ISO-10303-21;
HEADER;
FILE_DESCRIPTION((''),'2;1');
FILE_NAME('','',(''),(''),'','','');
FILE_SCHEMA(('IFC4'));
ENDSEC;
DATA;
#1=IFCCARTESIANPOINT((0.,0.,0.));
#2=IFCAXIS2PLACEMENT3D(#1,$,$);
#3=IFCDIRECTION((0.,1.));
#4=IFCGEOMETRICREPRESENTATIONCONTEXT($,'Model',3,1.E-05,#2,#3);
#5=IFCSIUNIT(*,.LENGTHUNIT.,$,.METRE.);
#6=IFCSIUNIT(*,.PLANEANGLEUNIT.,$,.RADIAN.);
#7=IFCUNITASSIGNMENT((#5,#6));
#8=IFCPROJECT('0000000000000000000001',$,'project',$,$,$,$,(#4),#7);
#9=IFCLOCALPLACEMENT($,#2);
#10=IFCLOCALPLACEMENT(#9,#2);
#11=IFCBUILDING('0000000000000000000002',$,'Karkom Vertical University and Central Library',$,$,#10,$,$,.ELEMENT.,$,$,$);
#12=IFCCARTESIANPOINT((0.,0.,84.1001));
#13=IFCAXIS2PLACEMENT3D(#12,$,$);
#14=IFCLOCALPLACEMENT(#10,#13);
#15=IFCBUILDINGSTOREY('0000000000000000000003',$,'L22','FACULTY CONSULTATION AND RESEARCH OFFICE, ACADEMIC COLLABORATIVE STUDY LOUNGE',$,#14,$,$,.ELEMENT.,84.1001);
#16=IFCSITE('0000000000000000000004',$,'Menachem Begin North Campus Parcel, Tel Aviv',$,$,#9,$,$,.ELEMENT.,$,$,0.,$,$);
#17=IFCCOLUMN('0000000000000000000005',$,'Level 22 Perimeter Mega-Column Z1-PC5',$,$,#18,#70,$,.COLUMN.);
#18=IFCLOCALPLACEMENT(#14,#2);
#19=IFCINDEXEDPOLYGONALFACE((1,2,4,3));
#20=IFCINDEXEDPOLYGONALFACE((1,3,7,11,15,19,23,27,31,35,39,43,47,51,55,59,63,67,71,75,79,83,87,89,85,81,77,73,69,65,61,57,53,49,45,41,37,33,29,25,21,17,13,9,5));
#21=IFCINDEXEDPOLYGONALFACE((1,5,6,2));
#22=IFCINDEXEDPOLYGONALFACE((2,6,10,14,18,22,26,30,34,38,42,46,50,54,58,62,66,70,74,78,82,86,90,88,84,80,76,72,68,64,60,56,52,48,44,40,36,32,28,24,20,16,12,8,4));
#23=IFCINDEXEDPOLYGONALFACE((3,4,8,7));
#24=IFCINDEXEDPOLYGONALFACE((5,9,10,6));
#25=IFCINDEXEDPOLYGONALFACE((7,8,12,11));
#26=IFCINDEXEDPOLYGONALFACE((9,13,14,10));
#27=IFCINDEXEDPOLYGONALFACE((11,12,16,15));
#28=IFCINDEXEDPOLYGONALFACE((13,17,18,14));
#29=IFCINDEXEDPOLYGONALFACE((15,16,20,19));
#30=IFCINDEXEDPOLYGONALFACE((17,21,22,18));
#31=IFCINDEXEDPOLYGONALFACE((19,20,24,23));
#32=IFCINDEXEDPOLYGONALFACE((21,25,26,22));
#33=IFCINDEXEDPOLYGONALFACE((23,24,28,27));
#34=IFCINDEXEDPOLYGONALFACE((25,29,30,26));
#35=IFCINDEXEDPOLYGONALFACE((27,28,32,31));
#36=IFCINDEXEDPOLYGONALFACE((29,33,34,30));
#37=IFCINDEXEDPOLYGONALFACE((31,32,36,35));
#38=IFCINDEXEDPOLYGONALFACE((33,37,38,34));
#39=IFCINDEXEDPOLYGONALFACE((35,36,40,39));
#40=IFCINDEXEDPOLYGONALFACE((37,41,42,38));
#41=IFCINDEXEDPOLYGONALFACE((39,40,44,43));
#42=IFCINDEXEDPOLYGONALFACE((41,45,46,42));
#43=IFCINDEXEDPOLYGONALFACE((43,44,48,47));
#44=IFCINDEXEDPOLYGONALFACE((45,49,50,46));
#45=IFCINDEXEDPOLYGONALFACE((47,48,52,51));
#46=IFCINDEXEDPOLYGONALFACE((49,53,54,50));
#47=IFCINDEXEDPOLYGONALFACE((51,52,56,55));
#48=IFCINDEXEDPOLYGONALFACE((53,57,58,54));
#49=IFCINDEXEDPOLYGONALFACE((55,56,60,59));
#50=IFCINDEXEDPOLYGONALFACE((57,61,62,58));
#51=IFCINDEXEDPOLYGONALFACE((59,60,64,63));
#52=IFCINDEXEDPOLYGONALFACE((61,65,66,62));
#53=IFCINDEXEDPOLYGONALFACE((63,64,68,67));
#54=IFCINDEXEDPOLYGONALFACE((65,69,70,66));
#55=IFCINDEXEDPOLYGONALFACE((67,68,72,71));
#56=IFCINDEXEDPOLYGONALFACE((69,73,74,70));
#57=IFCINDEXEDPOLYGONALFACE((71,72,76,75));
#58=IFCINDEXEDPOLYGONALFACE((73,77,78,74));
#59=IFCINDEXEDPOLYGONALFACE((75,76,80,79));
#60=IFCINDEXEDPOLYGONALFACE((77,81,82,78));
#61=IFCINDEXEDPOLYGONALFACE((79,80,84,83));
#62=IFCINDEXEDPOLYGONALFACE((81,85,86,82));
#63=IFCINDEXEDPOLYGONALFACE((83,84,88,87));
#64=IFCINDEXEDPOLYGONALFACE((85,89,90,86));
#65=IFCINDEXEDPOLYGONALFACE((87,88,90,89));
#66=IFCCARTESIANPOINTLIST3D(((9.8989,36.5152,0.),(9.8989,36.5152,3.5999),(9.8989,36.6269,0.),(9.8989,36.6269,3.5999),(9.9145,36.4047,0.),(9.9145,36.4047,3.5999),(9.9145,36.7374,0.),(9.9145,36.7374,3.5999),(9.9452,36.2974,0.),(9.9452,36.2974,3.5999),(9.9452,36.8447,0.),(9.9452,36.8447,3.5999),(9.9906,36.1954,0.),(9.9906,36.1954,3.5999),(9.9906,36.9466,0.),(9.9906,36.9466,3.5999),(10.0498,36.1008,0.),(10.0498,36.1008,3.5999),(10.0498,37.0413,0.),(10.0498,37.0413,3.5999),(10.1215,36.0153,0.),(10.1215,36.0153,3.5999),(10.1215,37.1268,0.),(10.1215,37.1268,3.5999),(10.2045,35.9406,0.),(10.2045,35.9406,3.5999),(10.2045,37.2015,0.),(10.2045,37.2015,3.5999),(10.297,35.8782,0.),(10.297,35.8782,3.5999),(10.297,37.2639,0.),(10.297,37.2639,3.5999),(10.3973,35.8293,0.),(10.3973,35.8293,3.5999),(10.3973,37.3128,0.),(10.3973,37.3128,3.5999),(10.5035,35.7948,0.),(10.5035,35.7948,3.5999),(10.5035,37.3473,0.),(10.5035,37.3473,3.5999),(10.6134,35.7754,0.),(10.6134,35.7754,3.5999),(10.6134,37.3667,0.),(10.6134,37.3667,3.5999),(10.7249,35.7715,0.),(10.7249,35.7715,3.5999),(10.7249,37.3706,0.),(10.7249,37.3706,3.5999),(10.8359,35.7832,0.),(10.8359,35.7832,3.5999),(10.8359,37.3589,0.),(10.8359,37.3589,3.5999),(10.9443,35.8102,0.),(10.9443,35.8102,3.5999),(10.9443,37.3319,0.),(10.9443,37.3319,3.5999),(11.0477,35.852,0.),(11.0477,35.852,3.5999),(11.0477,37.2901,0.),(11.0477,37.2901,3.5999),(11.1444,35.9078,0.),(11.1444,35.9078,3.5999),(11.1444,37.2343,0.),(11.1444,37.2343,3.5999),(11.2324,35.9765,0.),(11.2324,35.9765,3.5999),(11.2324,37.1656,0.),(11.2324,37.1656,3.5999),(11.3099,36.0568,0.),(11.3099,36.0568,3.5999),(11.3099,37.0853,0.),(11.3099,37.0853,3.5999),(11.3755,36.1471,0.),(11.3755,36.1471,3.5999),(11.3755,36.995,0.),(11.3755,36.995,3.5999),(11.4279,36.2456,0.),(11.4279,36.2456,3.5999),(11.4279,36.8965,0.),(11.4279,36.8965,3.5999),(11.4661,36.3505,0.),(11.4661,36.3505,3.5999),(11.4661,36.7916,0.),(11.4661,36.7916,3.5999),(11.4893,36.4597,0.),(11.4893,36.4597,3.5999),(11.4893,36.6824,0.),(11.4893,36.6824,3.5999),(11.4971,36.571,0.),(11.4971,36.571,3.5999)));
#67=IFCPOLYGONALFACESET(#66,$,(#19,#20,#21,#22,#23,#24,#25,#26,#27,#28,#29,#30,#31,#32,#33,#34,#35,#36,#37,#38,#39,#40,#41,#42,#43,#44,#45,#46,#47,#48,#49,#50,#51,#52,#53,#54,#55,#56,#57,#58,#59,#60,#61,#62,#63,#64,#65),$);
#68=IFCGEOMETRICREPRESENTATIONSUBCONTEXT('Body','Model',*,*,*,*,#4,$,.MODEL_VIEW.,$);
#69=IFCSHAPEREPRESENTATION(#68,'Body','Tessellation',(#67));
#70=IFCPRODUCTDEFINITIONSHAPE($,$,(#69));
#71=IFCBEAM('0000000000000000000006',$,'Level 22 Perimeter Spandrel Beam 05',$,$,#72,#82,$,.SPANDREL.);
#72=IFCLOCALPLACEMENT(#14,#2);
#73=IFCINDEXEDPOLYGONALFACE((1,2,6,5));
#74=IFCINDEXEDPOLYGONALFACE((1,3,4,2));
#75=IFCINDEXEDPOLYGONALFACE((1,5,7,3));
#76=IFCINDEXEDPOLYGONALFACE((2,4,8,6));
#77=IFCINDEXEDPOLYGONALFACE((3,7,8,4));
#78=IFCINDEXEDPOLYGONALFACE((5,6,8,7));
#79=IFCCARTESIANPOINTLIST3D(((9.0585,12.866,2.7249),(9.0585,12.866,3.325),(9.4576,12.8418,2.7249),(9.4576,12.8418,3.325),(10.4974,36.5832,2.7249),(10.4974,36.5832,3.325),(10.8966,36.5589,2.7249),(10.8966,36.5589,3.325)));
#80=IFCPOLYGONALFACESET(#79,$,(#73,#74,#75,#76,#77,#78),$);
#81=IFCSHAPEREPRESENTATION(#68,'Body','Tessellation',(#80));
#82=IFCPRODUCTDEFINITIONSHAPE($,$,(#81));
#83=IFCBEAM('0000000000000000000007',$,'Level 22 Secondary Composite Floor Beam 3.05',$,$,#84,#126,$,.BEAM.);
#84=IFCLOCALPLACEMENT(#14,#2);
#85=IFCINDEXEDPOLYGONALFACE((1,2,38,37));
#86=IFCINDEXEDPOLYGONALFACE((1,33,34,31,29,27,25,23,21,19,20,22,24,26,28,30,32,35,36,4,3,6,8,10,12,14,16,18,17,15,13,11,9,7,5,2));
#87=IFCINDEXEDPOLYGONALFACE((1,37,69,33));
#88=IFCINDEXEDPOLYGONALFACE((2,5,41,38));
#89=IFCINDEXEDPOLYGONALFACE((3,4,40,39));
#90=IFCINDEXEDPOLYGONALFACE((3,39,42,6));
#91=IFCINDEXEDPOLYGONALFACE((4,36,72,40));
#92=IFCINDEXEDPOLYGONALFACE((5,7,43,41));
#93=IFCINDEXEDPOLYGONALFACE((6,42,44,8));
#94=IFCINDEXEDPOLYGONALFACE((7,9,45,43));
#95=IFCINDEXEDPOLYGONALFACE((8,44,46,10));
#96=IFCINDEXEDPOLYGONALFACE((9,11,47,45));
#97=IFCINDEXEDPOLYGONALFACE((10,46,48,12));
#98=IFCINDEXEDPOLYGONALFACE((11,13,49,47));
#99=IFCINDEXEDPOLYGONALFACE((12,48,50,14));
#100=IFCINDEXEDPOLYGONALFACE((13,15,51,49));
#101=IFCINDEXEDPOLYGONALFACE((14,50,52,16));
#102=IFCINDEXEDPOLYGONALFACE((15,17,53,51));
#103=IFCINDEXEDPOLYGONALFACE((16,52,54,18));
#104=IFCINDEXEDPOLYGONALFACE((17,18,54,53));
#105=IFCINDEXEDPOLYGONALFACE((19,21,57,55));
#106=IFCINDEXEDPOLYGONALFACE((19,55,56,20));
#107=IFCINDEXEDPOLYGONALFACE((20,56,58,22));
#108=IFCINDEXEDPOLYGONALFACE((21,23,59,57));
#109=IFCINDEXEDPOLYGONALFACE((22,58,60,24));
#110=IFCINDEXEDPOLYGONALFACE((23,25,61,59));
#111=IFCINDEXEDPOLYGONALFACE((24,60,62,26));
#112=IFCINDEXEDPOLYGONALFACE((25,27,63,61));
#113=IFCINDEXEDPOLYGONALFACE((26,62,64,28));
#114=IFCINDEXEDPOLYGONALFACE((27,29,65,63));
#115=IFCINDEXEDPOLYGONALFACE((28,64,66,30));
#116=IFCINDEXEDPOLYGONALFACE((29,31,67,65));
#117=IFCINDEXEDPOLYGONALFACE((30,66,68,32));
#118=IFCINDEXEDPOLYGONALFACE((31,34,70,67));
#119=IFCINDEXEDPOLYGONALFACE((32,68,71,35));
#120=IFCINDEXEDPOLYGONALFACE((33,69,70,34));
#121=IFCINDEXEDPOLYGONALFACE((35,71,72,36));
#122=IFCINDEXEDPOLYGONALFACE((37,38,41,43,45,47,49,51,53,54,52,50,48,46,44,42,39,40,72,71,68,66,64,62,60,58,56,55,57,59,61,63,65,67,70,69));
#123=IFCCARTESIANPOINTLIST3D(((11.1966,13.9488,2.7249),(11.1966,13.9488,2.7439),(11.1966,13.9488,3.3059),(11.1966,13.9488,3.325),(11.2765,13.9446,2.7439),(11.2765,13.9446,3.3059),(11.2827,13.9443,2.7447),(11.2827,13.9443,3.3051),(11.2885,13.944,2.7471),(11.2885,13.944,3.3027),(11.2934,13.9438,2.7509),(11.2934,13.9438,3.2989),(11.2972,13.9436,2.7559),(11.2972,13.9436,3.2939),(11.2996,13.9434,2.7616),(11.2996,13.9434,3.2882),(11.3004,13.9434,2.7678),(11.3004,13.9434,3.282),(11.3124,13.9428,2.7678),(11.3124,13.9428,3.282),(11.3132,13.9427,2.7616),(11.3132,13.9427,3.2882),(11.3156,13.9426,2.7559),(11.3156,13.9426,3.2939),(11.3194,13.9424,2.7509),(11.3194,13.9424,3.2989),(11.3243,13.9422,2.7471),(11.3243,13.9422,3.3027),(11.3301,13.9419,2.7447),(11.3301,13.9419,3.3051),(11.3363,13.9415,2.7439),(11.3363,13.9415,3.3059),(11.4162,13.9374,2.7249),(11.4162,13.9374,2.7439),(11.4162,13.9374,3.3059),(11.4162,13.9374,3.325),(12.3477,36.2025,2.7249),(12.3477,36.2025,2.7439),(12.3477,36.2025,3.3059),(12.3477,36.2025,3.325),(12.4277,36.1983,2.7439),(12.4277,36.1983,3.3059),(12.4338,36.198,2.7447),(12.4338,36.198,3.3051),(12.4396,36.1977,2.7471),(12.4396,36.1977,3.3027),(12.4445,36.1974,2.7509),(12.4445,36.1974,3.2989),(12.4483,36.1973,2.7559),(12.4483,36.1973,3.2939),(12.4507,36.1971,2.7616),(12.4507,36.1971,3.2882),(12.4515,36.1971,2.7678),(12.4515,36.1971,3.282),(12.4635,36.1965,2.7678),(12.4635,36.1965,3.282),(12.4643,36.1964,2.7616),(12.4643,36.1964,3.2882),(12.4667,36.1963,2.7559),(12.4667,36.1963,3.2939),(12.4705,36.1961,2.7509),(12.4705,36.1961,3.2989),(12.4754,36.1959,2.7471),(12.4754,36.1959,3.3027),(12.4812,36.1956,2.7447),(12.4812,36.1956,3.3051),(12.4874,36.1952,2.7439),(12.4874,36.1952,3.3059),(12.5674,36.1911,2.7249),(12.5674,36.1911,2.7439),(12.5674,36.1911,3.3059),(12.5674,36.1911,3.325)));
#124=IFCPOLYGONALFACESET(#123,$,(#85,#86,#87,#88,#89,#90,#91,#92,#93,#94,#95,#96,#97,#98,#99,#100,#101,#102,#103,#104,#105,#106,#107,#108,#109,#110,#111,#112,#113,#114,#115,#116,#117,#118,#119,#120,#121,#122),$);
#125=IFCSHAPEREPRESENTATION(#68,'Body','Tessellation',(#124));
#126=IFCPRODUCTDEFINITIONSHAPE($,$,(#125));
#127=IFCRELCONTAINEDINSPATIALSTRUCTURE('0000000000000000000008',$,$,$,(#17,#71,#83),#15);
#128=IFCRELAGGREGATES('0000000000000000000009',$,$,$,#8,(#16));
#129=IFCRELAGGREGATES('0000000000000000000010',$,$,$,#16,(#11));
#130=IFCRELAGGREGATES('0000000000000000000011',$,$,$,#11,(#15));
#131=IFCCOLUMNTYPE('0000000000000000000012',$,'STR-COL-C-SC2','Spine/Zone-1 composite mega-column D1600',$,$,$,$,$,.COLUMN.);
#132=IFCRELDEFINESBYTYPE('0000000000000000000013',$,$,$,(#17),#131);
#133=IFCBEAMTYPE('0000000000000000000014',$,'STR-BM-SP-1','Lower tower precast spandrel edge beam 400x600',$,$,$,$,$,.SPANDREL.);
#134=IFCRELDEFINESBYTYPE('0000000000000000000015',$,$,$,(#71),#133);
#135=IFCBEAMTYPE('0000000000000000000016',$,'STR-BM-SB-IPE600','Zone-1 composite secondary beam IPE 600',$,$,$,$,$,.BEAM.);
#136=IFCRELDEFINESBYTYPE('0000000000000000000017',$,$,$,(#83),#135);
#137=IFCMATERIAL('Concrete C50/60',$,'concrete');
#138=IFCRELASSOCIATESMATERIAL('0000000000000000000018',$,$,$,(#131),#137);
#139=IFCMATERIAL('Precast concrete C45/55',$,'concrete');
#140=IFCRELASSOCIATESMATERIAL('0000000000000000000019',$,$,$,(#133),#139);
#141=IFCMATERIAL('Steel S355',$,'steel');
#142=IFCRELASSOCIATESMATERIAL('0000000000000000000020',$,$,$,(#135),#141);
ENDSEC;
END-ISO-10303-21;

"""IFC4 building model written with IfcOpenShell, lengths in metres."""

from ifc_helpers import new_model, si_unit, direction, frame, origin, origin_with_axes, origin_2d, place, context, subcontext, project, spatial, rectangle, circle, i_section, extrude, source, transform, mapped, material, material_profile, profile_set, type_object, element, save


model = new_model("IFC4")

# Units and contexts
model_context = context("Model", 3, precision=1e-05, world=origin(), true_north=direction((0.0, 1.0)))
body_context = subcontext(model_context, "Body", "Model", "MODEL_VIEW")
ifc_project = project(units=[si_unit("LENGTHUNIT", "METRE"), si_unit("PLANEANGLEUNIT", "RADIAN")], contexts=[model_context])

# Site, building, storey
site_placement = place(None, origin())
site = spatial("IfcSite", under=ifc_project, at=site_placement, Name="Menachem Begin North Campus Parcel, Tel Aviv", CompositionType="ELEMENT", RefElevation=0.0)
building_placement = place(site_placement, origin())
building = spatial("IfcBuilding", under=site, at=building_placement, Name="Karkom Vertical University and Central Library", CompositionType="ELEMENT")
storey_placement = place(building_placement, frame((0.0, 0.0, 84.1001)))
storey = spatial("IfcBuildingStorey", under=building, at=storey_placement, Name="L22", Description="FACULTY CONSULTATION AND RESEARCH OFFICE, ACADEMIC COLLABORATIVE STUDY LOUNGE", CompositionType="ELEMENT", Elevation=84.1001)

# Column
ifc_material_1 = material(Name="Concrete C50/60", Category="concrete")
ifc_material_profile_1 = material_profile(ifc_material_1, circle(Radius=0.8, at=origin_2d()), Name="CFT-D1600")
ifc_profile_set_1 = profile_set([ifc_material_profile_1], Name="Concrete C50/60")
column_type = type_object("IfcColumnType", Name="STR-COL-C-SC2", Description="Spine/Zone-1 composite mega-column D1600", PredefinedType="COLUMN", material=ifc_profile_set_1)
shared_shape_1 = source(origin_with_axes(), body_context, "Body", "SweptSolid", [
    extrude(circle(Radius=0.8, at=origin_2d()), origin(), (0.0, 0.0, 1.0), 3.5999),
])
column_placement = place(storey_placement, frame((10.697, 36.571, 0.0), z_axis=(0.0, 0.0, 1.0), x_axis=(1.0, 0.0, 0.0)))
element("IfcColumn", 1, at=column_placement, inside=storey, type_object=column_type, Name="Level 22 Perimeter Mega-Column Z1-PC5", PredefinedType="COLUMN", context=body_context, shape_type="MappedRepresentation", body=[
    mapped(shared_shape_1, transform((0.0, 0.0, 0.0), scale=1.0)),
])

# Beams
ifc_material_2 = material(Name="Precast concrete C45/55", Category="concrete")
ifc_material_profile_2 = material_profile(ifc_material_2, rectangle(XDim=0.3999, YDim=0.6001, at=origin_2d()), Name="SPB-400x600")
ifc_profile_set_2 = profile_set([ifc_material_profile_2], Name="Precast concrete C45/55")
beam_type_1 = type_object("IfcBeamType", Name="STR-BM-SP-1", Description="Lower tower precast spandrel edge beam 400x600", PredefinedType="SPANDREL", material=ifc_profile_set_2)
shared_shape_2 = source(origin_with_axes(), body_context, "Body", "SweptSolid", [
    extrude(rectangle(XDim=0.3999, YDim=0.6001, at=origin_2d()), origin(), (0.0, 0.0, 1.0), 23.7607),
])
beam_1_placement = place(storey_placement, frame((10.697, 36.571, 3.0249), z_axis=(-0.060561, -0.998165, 0.0), x_axis=(0.998165, -0.060561, 0.0)))
element("IfcBeam", 2, at=beam_1_placement, inside=storey, type_object=beam_type_1, Name="Level 22 Perimeter Spandrel Beam 05", PredefinedType="SPANDREL", context=body_context, shape_type="MappedRepresentation", body=[
    mapped(shared_shape_2, transform((0.0, 0.0, 0.0), scale=1.0)),
])
ifc_material_3 = material(Name="Steel S355", Category="steel")
ifc_material_profile_3 = material_profile(ifc_material_3, i_section(OverallWidth=0.22, OverallDepth=0.6001, WebThickness=0.012, FlangeThickness=0.019, FilletRadius=0.0239, at=origin_2d()), Name="IPE 600")
ifc_profile_set_3 = profile_set([ifc_material_profile_3], Name="Steel S355")
beam_type_2 = type_object("IfcBeamType", Name="STR-BM-SB-IPE600", Description="Zone-1 composite secondary beam IPE 600", PredefinedType="BEAM", material=ifc_profile_set_3)
shared_shape_3 = source(origin_with_axes(), body_context, "Body", "SweptSolid", [
    extrude(i_section(OverallWidth=0.22, OverallDepth=0.6001, WebThickness=0.012, FlangeThickness=0.019, FilletRadius=0.0239, at=origin_2d()), origin(), (0.0, 0.0, 1.0), 22.2834),
])
beam_2_placement = place(storey_placement, frame((12.4575, 36.1968, 3.0249), z_axis=(-0.051658, -0.998665, 0.0), x_axis=(0.998665, -0.051658, 0.0)))
element("IfcBeam", 3, at=beam_2_placement, inside=storey, type_object=beam_type_2, Name="Level 22 Secondary Composite Floor Beam 3.05", PredefinedType="BEAM", context=body_context, shape_type="MappedRepresentation", body=[
    mapped(shared_shape_3, transform((0.0, 0.0, 0.0), scale=1.0)),
])

save(model, "model.ifc")
